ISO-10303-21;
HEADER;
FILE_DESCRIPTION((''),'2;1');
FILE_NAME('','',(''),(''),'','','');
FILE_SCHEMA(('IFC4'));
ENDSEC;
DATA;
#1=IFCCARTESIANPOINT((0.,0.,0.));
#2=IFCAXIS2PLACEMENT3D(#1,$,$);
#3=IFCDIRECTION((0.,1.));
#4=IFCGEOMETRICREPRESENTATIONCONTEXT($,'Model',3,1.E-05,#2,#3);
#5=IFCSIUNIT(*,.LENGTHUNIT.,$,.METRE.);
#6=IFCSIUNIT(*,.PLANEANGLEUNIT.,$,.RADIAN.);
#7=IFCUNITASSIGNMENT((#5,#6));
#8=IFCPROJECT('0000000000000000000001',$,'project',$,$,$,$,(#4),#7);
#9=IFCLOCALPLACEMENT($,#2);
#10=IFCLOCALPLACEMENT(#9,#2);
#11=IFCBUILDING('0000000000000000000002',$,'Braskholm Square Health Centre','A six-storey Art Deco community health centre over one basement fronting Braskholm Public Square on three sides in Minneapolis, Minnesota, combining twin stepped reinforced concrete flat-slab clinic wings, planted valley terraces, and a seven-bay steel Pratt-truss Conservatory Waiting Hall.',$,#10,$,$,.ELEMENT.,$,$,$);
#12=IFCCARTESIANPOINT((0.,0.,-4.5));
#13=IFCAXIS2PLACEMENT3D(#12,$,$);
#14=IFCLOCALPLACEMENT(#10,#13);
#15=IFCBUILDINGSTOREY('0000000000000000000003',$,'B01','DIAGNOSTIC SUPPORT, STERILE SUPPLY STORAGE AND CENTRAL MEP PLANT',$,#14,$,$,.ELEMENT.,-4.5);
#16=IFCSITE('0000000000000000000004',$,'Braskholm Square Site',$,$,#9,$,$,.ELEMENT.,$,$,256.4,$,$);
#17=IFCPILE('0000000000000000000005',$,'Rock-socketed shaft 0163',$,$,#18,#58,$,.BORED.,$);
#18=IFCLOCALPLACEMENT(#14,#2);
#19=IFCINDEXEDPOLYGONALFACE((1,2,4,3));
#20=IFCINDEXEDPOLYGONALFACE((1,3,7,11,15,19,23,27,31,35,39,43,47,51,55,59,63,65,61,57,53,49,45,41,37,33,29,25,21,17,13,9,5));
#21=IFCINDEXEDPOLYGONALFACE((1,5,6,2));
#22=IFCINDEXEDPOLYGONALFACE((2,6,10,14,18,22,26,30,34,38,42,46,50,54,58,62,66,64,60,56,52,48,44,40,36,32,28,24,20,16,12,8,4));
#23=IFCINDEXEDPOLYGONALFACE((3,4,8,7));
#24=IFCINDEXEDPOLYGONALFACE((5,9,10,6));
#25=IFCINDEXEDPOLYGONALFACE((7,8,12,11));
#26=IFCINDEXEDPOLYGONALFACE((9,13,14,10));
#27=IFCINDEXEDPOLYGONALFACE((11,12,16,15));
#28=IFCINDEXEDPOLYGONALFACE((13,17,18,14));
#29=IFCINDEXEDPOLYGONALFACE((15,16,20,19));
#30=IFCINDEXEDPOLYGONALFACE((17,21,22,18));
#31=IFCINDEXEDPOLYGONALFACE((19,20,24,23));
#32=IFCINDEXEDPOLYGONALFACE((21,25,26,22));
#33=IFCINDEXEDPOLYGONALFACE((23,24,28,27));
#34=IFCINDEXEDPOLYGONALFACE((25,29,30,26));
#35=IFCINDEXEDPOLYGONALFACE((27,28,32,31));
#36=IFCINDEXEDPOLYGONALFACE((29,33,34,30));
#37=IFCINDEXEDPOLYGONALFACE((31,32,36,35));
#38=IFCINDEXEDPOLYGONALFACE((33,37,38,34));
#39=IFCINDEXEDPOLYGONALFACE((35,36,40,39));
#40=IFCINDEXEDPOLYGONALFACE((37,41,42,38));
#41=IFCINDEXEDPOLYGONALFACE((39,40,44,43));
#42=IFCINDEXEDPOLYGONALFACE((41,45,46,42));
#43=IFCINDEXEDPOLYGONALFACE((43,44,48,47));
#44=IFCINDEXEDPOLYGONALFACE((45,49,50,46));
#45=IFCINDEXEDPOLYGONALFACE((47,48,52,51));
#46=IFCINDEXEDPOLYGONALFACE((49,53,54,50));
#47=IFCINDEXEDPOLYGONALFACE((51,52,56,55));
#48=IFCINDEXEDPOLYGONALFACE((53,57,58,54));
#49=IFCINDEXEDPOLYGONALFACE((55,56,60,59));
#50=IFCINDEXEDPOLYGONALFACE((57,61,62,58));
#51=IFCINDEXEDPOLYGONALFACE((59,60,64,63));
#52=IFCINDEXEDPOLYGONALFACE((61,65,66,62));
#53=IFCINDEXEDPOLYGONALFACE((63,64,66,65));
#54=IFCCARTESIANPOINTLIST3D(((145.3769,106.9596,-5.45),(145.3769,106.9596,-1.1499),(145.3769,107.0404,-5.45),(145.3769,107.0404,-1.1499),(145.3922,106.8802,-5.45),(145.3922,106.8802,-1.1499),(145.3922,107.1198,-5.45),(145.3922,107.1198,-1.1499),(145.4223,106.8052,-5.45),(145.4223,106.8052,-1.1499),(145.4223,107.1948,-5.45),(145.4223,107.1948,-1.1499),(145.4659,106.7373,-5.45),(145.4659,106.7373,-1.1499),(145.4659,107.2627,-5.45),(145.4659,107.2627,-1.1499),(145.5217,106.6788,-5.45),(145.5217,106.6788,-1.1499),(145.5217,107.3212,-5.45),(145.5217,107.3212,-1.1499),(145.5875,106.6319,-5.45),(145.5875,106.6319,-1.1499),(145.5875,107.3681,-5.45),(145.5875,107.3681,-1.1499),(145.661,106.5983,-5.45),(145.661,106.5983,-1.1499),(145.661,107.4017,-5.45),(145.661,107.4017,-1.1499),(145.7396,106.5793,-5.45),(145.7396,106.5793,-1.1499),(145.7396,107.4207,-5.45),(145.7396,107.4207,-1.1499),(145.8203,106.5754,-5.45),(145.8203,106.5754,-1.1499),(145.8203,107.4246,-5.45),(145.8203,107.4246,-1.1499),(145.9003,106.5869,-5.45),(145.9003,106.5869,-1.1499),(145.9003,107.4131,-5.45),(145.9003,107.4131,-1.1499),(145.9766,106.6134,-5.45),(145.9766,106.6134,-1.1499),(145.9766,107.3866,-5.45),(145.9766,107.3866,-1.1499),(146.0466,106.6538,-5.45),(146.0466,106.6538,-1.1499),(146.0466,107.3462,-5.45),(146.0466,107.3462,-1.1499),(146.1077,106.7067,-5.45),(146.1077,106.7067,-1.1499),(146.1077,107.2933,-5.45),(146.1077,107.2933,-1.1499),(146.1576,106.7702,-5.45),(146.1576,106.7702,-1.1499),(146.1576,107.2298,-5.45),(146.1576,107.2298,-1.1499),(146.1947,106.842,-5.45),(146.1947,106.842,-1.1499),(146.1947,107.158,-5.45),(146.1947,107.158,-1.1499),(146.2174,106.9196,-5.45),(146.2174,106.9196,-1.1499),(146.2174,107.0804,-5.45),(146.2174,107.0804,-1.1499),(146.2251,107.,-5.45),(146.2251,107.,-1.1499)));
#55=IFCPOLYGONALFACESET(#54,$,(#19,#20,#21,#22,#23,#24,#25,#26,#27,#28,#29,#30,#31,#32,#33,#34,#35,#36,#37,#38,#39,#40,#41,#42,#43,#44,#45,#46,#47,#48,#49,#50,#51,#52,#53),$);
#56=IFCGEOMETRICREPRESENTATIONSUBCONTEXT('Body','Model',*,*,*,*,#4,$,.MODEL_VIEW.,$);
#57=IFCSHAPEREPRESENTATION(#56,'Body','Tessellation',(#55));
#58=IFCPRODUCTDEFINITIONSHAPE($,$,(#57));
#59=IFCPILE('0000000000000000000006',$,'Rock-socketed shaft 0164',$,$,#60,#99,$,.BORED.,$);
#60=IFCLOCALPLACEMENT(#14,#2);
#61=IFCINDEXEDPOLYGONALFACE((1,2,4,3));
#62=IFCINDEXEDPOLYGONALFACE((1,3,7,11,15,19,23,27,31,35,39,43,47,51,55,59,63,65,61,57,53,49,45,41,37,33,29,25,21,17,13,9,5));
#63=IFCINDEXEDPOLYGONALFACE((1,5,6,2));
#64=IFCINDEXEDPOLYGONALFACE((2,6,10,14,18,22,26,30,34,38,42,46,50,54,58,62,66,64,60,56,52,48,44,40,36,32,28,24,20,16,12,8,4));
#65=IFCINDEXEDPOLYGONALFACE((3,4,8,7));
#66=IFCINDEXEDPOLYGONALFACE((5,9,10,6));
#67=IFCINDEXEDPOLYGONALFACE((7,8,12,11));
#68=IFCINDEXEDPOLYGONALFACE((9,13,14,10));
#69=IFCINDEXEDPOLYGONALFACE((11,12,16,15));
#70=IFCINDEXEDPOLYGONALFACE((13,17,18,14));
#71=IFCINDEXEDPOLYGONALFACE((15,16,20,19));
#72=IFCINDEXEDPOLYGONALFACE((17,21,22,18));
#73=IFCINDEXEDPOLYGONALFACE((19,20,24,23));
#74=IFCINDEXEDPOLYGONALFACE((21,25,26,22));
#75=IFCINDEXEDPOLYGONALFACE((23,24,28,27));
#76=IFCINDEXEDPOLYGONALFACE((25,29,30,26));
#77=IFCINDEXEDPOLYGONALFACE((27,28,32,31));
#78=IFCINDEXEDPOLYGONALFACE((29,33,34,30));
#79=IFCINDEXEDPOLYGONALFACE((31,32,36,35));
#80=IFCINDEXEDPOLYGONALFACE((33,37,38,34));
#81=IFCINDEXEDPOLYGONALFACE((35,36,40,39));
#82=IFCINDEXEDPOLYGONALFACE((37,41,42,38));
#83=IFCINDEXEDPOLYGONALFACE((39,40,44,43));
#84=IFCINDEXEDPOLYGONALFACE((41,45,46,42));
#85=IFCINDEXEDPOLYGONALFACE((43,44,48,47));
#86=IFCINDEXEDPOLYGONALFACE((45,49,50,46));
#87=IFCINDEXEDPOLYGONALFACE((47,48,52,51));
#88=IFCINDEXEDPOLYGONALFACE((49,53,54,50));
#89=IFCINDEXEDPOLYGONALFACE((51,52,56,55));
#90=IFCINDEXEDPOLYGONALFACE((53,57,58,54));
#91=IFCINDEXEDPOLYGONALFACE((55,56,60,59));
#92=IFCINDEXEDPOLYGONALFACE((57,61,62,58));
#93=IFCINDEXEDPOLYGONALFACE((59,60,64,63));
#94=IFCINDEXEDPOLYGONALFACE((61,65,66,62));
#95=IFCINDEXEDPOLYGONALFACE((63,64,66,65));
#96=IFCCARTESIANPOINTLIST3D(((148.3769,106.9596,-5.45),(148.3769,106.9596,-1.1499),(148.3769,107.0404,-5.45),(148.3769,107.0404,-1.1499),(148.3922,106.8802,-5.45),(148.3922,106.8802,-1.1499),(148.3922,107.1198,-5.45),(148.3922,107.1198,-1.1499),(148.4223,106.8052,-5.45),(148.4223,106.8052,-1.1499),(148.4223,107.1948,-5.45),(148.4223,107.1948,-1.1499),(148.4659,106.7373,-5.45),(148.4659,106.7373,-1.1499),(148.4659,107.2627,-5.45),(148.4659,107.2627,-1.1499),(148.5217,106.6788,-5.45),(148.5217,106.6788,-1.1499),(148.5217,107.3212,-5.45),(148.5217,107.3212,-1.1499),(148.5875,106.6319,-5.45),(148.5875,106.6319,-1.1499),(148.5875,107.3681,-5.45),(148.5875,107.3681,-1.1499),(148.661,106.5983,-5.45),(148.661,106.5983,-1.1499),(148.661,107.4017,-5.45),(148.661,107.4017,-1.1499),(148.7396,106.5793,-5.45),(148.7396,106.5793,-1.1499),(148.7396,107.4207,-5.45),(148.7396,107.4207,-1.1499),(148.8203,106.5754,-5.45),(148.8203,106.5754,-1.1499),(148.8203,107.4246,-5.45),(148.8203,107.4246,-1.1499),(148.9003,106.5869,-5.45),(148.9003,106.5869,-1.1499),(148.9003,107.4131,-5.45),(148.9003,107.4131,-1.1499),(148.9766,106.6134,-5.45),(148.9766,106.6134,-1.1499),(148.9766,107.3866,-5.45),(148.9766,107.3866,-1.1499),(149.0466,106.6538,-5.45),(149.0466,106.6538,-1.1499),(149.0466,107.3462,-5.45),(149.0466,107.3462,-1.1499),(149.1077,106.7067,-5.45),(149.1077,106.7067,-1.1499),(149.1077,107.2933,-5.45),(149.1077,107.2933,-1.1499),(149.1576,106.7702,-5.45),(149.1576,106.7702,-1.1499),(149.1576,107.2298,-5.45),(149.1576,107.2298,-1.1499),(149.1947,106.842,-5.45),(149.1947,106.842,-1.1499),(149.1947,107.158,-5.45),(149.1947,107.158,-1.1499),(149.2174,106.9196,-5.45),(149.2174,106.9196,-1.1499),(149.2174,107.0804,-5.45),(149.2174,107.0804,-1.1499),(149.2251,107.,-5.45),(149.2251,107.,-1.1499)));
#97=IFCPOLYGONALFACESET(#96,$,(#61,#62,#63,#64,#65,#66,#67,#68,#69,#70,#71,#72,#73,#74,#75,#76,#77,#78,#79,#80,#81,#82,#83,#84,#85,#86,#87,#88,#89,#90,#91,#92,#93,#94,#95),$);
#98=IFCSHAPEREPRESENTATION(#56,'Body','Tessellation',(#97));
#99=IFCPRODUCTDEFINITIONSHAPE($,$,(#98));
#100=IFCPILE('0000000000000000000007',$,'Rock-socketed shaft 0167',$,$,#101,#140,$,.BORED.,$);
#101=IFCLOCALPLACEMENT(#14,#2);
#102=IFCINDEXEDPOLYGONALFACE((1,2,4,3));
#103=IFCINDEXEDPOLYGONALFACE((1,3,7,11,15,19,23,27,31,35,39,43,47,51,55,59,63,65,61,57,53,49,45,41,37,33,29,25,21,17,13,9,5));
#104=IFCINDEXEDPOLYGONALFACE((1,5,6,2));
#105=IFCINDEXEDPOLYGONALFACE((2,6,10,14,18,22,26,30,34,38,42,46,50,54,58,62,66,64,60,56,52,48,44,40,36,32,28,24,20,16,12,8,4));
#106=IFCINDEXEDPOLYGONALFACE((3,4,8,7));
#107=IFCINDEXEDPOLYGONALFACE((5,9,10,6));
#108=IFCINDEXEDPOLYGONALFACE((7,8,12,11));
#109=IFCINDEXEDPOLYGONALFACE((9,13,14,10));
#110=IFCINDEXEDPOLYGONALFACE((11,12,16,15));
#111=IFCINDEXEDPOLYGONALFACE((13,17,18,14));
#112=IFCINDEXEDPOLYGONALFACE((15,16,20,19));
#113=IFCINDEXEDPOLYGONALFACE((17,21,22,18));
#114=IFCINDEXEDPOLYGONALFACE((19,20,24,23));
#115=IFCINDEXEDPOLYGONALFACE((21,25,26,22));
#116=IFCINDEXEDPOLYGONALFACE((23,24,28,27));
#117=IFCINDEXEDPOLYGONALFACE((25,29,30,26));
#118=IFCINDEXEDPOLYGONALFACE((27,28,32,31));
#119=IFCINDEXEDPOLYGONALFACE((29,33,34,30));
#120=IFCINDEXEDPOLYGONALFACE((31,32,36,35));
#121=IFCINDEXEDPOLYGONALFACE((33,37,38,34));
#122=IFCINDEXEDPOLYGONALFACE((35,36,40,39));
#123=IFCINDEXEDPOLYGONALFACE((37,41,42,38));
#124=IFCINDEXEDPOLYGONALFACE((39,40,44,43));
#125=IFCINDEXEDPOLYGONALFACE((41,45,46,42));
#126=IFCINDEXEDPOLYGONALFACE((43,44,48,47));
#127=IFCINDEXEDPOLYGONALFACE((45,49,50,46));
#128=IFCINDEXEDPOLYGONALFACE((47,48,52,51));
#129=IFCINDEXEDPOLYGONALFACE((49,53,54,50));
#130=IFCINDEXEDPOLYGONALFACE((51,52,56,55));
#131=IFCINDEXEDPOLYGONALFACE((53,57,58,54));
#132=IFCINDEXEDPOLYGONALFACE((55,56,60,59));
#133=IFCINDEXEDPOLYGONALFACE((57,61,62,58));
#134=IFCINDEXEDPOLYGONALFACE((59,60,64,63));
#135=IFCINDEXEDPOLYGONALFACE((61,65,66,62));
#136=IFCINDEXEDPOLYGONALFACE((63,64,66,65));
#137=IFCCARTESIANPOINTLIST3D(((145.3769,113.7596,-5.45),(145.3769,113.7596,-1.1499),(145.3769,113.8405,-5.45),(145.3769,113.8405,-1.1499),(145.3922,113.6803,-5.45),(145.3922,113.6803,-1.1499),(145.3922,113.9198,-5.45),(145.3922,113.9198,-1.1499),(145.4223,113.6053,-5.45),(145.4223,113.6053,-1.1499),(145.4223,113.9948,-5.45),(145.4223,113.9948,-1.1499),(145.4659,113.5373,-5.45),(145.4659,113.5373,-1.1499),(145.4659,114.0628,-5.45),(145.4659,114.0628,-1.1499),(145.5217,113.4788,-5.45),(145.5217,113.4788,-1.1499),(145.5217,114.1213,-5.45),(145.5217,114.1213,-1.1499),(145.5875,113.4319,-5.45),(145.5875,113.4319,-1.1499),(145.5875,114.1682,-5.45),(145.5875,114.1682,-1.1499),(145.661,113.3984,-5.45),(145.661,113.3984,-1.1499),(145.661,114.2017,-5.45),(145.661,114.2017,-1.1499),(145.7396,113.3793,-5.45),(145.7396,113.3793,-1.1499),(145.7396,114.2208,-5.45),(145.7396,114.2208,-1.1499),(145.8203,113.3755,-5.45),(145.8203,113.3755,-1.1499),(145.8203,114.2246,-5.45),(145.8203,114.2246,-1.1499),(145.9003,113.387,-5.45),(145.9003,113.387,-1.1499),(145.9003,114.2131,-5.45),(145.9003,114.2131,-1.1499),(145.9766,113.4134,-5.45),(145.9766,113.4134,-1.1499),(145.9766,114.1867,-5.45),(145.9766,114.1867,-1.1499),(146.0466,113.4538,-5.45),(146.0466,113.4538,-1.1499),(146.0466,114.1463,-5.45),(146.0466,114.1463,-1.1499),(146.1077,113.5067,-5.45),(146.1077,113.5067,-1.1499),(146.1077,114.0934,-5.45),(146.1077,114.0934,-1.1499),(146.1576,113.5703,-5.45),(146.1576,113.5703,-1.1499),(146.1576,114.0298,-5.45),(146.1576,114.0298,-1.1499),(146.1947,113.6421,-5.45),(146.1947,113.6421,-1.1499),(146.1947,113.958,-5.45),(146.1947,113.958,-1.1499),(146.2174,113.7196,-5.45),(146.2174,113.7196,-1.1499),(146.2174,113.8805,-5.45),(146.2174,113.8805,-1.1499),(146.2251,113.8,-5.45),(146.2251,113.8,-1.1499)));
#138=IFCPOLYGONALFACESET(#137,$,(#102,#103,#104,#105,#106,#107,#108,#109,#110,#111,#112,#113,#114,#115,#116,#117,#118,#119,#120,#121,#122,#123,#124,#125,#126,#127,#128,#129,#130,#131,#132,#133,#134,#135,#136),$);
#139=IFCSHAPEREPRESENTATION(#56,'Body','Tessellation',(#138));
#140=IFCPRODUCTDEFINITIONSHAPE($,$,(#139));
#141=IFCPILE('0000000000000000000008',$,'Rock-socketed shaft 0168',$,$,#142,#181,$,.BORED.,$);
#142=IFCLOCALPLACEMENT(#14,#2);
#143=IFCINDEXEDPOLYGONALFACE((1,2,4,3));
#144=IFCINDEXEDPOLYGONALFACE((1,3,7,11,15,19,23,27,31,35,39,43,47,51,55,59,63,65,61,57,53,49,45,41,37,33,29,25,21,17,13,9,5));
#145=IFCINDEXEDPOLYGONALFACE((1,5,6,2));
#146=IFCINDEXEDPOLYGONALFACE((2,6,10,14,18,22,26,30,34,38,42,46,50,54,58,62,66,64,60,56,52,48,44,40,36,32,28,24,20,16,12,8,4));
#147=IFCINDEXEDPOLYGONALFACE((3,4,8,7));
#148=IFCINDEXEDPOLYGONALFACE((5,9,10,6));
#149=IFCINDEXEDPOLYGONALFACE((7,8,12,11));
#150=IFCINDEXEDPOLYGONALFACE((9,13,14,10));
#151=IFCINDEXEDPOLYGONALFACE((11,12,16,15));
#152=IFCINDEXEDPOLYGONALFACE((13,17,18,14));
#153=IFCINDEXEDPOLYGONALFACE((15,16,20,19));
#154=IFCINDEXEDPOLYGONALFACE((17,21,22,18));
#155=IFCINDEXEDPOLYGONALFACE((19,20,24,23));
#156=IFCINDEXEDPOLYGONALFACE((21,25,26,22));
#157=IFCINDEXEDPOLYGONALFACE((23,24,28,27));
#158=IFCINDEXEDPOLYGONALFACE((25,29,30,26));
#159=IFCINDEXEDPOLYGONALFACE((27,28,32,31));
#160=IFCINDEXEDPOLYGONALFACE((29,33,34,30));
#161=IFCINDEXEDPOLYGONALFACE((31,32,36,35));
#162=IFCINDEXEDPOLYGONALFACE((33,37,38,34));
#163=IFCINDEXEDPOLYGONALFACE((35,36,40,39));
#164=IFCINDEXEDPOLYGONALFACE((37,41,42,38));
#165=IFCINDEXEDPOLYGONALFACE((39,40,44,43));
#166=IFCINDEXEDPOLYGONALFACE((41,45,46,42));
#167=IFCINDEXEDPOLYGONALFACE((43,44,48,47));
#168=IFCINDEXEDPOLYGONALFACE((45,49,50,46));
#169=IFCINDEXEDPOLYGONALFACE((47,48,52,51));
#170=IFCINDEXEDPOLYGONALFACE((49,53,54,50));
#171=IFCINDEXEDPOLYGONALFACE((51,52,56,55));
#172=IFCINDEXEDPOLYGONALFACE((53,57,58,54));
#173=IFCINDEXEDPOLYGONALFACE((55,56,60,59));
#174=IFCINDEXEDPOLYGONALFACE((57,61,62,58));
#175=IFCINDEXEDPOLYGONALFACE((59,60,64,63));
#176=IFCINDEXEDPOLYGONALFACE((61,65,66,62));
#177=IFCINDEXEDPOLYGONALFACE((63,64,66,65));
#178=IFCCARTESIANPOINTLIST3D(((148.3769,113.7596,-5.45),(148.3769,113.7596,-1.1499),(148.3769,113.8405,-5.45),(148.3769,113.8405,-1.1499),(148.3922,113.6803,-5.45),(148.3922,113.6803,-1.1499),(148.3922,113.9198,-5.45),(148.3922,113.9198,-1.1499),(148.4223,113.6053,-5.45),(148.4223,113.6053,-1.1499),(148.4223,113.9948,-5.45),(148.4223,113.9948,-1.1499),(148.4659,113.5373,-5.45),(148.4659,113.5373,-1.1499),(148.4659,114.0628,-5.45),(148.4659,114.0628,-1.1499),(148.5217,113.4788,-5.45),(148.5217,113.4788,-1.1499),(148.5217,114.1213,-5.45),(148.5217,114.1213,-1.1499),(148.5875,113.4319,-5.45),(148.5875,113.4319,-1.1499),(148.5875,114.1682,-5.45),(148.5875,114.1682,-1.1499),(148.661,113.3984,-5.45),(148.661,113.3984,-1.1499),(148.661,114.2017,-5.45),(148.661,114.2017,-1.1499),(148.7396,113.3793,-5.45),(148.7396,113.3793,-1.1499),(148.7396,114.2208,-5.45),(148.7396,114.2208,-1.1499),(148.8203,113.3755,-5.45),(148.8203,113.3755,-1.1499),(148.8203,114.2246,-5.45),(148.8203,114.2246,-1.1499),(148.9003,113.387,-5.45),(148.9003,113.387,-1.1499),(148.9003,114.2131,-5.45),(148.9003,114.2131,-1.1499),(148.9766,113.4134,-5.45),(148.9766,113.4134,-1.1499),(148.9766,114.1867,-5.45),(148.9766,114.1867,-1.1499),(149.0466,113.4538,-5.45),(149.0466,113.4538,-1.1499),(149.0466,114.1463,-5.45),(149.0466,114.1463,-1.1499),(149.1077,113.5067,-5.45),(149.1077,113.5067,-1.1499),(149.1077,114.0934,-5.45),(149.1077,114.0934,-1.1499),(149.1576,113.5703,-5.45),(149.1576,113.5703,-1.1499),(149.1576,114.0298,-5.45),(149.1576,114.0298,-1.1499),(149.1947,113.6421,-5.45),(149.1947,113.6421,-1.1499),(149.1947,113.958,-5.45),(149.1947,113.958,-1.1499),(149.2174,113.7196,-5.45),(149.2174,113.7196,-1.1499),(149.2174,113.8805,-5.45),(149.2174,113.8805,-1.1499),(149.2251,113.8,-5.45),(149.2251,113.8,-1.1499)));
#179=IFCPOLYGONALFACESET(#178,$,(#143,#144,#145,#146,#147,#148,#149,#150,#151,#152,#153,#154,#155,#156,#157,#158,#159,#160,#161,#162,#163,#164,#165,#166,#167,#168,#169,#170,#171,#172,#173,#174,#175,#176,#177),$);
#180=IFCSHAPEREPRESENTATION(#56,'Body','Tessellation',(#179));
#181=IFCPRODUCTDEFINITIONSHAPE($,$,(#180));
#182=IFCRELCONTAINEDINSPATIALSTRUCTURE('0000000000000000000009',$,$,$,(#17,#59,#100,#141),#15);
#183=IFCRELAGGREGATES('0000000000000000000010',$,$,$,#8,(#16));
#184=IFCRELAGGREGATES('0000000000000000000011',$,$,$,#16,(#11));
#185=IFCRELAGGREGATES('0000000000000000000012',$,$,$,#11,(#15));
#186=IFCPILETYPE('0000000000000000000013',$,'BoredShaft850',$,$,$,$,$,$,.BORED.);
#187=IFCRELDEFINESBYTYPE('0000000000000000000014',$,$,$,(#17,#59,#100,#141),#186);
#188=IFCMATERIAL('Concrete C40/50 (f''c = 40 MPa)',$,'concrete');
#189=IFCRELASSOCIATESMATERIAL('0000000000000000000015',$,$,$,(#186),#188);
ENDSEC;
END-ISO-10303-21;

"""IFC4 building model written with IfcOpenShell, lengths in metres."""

from ifc_helpers import new_model, si_unit, direction, frame, origin, origin_2d, place, context, subcontext, project, spatial, circle, extrude, material, material_profile, profile_set, type_object, element, save


model = new_model("IFC4")

# Units and contexts
model_context = context("Model", 3, precision=1e-05, world=origin(), true_north=direction((0.0, 1.0)))
body_context = subcontext(model_context, "Body", "Model", "MODEL_VIEW")
ifc_project = project(units=[si_unit("LENGTHUNIT", "METRE"), si_unit("PLANEANGLEUNIT", "RADIAN")], contexts=[model_context])

# Site, building, storey
site_placement = place(None, origin())
site = spatial("IfcSite", under=ifc_project, at=site_placement, Name="Braskholm Square Site", CompositionType="ELEMENT", RefElevation=256.4)
building_placement = place(site_placement, origin())
building = spatial("IfcBuilding", under=site, at=building_placement, Name="Braskholm Square Health Centre", Description="A six-storey Art Deco community health centre over one basement fronting Braskholm Public Square on three sides in Minneapolis, Minnesota, combining twin stepped reinforced concrete flat-slab clinic wings, planted valley terraces, and a seven-bay steel Pratt-truss Conservatory Waiting Hall.", CompositionType="ELEMENT")
storey_placement = place(building_placement, frame((0.0, 0.0, -4.5)))
storey = spatial("IfcBuildingStorey", under=building, at=storey_placement, Name="B01", Description="DIAGNOSTIC SUPPORT, STERILE SUPPLY STORAGE AND CENTRAL MEP PLANT", CompositionType="ELEMENT", Elevation=-4.5)

# Piles
ifc_material_1 = material(Name="Concrete C40/50 (f'c = 40 MPa)", Category="concrete")
ifc_material_profile_1 = material_profile(ifc_material_1, circle(Radius=0.425, at=origin_2d()), Name="BORED-PILE-850")
ifc_profile_set_1 = profile_set([ifc_material_profile_1], Name="Concrete C40/50 (f'c = 40 MPa)")
pile_type_1 = type_object("IfcPileType", Name="BoredShaft850", PredefinedType="BORED", material=ifc_profile_set_1)
for number, where, z_axis, x_axis, name in (
    (1, (145.8, 107.0, -1.1499), (0.0, 0.0, -1.0), (1.0, 0.0, 0.0), "Rock-socketed shaft 0163"),
    (2, (148.8, 107.0, -1.1499), (0.0, 0.0, -1.0), (1.0, 0.0, 0.0), "Rock-socketed shaft 0164"),
    (3, (145.8, 113.8, -1.1499), (0.0, 0.0, -1.0), (1.0, 0.0, 0.0), "Rock-socketed shaft 0167"),
    (4, (148.8, 113.8, -1.1499), (0.0, 0.0, -1.0), (1.0, 0.0, 0.0), "Rock-socketed shaft 0168"),
):
    element("IfcPile", number, at=place(storey_placement, frame(where, z_axis=z_axis, x_axis=x_axis)), inside=storey, type_object=pile_type_1, Name=name, PredefinedType="BORED", context=body_context, shape_type="SweptSolid", body=[
        extrude(circle(Radius=0.425, at=origin_2d()), origin(), (0.0, 0.0, 1.0), 4.3),
    ])

save(model, "model.ifc")
